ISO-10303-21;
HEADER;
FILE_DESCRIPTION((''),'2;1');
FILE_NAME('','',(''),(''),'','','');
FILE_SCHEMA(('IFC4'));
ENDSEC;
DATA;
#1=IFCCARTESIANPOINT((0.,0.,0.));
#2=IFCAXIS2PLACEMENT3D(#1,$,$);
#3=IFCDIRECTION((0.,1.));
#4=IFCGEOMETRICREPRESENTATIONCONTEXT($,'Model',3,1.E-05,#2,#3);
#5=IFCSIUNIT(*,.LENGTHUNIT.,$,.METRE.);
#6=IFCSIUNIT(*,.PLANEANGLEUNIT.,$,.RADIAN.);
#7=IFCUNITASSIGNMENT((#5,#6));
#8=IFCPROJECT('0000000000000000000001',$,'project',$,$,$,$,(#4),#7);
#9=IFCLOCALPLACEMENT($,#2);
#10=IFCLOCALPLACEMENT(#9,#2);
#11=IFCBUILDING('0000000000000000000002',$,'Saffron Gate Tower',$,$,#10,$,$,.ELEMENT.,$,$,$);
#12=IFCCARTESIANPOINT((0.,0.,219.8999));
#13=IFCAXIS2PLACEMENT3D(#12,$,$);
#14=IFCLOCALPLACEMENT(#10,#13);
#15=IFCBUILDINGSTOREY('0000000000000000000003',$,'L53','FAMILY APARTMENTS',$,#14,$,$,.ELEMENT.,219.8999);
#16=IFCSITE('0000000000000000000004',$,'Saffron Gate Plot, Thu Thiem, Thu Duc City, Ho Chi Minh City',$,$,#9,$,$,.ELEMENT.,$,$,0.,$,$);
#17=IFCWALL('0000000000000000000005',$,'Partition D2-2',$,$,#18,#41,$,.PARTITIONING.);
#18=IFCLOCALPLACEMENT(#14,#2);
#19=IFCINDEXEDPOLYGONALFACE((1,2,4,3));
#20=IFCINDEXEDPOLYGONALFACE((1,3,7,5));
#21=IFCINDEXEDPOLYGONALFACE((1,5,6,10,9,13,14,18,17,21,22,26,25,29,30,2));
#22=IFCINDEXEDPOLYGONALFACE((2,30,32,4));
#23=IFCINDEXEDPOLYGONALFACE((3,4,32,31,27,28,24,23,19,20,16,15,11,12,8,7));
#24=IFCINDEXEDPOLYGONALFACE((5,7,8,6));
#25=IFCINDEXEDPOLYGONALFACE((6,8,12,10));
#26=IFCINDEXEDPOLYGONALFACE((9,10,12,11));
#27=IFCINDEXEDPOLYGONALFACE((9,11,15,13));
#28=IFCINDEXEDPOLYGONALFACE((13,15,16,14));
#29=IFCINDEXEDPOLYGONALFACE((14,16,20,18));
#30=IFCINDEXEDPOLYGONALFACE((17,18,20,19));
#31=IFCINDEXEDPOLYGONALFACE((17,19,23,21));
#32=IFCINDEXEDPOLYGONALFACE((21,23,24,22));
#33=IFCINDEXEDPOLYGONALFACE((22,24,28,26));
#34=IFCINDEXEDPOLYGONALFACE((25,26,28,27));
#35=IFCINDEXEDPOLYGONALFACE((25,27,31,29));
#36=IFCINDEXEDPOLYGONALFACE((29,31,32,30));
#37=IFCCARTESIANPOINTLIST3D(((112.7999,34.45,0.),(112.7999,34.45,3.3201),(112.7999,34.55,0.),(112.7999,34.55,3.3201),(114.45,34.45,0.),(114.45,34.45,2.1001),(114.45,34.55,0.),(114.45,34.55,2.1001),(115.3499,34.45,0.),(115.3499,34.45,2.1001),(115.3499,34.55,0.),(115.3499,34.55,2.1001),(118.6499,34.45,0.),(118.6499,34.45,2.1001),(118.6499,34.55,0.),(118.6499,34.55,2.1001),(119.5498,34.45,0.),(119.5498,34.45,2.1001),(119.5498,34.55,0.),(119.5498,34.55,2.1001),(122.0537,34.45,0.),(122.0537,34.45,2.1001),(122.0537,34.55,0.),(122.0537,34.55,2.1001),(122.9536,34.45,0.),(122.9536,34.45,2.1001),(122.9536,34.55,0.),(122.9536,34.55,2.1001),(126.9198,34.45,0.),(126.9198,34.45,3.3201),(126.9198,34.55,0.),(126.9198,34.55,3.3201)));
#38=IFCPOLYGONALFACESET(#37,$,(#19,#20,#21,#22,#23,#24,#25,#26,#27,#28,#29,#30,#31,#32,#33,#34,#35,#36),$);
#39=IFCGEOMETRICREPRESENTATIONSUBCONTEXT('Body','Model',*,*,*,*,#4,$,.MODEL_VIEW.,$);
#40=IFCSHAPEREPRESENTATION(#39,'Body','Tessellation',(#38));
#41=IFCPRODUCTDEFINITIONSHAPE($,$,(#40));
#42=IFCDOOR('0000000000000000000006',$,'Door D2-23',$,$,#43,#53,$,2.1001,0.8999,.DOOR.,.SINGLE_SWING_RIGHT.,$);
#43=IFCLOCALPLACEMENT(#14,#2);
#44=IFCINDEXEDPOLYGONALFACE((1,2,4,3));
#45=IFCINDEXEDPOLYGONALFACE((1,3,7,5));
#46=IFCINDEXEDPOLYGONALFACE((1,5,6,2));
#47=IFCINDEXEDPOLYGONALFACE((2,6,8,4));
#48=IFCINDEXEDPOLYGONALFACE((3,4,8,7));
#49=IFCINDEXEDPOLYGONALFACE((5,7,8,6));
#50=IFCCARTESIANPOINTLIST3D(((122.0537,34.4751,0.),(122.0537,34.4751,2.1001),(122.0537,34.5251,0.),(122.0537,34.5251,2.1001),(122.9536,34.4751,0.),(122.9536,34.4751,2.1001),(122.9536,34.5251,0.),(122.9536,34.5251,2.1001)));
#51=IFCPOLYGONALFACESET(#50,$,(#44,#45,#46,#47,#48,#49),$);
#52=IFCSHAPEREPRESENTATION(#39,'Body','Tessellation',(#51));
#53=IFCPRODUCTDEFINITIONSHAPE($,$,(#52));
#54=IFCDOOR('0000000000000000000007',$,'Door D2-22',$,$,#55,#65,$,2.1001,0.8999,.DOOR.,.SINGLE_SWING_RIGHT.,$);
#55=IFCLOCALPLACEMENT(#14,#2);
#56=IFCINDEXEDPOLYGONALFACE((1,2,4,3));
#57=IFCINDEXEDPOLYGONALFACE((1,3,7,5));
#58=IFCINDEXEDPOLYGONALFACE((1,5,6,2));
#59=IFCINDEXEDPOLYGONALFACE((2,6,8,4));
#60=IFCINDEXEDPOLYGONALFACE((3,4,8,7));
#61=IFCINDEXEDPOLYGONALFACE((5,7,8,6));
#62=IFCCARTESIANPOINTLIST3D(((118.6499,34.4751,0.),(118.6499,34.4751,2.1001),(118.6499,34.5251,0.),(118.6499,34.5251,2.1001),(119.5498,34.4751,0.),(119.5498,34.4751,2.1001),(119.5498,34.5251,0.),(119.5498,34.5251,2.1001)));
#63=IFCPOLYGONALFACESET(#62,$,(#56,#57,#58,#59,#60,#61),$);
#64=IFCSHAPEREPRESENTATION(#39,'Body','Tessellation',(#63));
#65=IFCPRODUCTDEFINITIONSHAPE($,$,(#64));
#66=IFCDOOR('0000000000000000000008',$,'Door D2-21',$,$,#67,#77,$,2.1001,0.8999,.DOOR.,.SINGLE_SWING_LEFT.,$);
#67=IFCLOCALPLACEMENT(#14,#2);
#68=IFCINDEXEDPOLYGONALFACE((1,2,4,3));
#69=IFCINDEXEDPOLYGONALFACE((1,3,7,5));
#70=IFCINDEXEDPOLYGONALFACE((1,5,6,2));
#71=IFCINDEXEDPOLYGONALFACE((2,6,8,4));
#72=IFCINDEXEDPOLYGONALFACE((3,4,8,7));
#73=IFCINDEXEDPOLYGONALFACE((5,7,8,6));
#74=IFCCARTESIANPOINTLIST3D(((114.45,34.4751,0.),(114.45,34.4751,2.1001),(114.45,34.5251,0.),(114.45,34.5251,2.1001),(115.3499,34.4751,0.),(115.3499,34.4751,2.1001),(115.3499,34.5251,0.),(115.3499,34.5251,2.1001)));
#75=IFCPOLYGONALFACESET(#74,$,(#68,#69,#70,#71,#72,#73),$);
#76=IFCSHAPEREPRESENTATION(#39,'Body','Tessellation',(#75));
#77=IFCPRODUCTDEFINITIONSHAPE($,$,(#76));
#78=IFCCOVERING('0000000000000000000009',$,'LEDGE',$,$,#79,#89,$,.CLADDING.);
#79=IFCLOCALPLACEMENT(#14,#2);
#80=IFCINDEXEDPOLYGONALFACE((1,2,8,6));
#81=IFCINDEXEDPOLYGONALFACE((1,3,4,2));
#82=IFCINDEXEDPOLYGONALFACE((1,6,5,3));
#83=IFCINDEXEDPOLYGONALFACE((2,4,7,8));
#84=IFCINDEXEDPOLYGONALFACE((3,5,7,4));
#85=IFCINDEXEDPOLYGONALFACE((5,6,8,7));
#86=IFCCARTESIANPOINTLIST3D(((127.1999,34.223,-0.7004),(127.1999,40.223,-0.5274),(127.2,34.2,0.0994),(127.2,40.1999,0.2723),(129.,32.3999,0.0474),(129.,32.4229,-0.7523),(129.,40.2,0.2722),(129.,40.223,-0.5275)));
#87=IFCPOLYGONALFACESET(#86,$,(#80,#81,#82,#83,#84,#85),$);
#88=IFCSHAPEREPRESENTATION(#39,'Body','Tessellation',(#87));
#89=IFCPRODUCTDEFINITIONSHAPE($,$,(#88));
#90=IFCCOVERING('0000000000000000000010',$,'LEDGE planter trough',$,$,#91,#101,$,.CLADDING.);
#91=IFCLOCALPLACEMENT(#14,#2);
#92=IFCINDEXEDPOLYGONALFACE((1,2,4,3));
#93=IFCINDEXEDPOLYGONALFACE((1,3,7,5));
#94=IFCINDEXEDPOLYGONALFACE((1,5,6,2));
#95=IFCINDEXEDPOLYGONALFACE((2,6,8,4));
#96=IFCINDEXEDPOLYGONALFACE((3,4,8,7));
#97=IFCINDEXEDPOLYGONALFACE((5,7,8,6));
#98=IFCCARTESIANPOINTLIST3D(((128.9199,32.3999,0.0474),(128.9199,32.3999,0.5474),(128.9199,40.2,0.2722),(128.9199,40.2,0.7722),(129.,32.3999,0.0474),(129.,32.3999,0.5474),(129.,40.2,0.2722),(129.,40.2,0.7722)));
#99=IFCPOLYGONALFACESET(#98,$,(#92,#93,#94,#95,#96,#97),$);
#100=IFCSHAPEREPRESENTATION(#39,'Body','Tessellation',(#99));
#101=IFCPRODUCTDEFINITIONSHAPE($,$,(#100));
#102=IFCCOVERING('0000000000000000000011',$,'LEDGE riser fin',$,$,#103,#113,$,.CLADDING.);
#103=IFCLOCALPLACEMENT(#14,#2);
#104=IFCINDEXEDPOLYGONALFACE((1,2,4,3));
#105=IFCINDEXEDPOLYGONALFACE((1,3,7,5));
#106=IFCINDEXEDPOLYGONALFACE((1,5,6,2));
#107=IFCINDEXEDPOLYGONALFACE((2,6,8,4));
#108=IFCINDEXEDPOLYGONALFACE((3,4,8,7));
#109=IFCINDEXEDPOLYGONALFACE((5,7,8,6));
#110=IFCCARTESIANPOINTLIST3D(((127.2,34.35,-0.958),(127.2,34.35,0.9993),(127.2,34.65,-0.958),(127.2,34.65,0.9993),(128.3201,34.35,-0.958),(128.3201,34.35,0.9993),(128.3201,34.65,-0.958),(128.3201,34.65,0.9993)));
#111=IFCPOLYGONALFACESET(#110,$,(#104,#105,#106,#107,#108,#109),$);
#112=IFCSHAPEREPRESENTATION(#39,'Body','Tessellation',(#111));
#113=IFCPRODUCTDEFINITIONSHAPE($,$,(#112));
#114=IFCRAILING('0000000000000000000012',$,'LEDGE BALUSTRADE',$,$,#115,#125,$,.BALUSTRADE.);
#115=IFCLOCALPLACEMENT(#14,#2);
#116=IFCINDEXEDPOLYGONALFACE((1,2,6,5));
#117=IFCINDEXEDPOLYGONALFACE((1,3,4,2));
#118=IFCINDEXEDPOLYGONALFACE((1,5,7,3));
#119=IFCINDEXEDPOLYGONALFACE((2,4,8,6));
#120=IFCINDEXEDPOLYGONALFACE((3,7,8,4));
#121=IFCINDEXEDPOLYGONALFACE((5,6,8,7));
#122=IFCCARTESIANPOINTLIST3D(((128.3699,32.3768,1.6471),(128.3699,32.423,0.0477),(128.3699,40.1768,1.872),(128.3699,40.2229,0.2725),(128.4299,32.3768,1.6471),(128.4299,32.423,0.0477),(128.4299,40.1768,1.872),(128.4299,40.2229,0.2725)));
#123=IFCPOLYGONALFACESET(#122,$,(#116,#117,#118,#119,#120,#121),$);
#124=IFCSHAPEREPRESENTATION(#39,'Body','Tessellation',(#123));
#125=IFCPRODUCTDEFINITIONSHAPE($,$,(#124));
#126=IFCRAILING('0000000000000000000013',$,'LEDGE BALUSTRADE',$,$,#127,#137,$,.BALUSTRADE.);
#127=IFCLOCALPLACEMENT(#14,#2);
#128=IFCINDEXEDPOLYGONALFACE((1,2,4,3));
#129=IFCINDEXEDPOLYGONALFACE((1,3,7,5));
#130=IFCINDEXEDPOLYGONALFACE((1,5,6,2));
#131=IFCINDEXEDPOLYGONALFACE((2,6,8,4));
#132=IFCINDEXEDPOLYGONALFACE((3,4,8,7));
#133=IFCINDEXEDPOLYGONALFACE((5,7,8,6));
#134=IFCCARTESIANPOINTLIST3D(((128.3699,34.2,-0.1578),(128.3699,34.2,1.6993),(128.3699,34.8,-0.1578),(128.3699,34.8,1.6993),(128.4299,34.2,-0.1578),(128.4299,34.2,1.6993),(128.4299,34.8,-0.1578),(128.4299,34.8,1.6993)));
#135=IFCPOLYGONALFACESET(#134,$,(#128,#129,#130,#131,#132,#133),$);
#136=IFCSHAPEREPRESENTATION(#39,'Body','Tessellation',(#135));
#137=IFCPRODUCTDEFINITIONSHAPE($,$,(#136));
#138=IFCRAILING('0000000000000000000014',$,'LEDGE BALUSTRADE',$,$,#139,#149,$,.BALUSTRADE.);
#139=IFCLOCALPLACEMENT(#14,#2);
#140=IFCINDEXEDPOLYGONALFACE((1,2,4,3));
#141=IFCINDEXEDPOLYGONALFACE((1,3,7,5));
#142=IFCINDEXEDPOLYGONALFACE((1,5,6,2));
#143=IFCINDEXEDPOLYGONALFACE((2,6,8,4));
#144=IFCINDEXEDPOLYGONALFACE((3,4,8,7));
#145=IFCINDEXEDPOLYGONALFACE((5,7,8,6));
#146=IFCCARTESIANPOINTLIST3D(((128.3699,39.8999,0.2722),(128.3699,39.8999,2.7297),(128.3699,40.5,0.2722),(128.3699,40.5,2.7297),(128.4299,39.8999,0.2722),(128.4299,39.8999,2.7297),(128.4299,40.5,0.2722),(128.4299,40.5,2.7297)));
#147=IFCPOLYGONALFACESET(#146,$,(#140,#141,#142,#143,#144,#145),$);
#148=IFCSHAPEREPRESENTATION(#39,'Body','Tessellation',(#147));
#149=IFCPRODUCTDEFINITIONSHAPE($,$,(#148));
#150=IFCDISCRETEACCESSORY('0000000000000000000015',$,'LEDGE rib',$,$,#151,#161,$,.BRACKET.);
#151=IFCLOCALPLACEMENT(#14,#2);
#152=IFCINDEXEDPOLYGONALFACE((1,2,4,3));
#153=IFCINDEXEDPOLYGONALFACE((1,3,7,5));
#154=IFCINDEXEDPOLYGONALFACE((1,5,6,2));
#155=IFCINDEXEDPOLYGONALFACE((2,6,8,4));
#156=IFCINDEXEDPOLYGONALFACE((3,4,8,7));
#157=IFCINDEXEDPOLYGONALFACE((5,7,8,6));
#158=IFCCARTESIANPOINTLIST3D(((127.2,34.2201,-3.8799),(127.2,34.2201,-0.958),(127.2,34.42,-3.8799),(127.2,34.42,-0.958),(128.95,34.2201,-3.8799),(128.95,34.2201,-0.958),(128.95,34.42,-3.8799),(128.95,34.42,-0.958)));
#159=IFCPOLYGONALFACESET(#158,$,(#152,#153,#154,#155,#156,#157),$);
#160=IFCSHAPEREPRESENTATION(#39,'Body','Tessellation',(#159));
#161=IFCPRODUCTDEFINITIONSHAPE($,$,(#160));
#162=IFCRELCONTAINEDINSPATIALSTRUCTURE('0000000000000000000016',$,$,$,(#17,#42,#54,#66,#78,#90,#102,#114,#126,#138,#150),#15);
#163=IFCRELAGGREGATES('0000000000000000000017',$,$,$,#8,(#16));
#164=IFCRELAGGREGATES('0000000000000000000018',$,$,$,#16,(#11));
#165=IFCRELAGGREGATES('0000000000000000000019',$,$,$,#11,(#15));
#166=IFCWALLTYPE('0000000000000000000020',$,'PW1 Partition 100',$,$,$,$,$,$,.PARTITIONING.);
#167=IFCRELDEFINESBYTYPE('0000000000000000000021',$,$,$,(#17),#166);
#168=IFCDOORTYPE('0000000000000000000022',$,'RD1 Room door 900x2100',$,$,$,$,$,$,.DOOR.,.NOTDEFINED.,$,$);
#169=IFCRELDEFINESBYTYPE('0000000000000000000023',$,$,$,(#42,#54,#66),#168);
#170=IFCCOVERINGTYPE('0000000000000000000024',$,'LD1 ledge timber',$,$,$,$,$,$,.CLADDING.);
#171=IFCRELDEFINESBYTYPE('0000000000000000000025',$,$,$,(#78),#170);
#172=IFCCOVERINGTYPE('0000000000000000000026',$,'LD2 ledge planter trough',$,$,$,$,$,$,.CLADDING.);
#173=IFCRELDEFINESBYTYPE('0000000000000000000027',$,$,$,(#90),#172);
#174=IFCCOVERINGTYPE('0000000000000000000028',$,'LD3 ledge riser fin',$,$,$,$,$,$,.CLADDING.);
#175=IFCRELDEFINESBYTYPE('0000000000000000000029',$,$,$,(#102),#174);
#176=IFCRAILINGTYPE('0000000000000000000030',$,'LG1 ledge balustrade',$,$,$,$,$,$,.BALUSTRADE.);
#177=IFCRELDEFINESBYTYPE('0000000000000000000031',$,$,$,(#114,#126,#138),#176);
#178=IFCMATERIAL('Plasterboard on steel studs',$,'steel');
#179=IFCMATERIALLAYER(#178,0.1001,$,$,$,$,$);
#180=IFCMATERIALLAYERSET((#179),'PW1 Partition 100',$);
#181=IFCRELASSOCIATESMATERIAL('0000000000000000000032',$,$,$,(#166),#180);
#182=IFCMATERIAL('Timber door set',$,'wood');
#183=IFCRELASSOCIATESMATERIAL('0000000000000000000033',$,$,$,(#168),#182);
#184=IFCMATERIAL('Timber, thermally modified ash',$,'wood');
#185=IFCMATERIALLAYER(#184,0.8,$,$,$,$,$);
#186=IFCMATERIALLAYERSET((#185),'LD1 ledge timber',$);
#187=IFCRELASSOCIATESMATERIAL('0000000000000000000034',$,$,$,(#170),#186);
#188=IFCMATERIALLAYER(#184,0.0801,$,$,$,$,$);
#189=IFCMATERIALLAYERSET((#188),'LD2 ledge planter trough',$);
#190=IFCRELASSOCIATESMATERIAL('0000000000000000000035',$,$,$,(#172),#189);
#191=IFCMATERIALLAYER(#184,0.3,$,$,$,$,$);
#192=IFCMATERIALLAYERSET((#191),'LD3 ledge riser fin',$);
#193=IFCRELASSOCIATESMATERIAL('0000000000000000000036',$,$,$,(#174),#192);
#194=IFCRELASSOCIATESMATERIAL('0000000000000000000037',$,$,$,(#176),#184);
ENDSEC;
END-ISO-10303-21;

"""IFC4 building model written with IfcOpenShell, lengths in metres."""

from ifc_helpers import new_model, si_unit, direction, frame, frame_2d, origin, origin_2d, place, context, subcontext, project, spatial, polyline, rectangle, outline, extrude, material, layer, layer_set, type_object, element, fill, save


model = new_model("IFC4")

# Units and contexts
model_context = context("Model", 3, precision=1e-05, world=origin(), true_north=direction((0.0, 1.0)))
body_context = subcontext(model_context, "Body", "Model", "MODEL_VIEW")
ifc_project = project(units=[si_unit("LENGTHUNIT", "METRE"), si_unit("PLANEANGLEUNIT", "RADIAN")], contexts=[model_context])

# Site, building, storey
site_placement = place(None, origin())
site = spatial("IfcSite", under=ifc_project, at=site_placement, Name="Saffron Gate Plot, Thu Thiem, Thu Duc City, Ho Chi Minh City", CompositionType="ELEMENT", RefElevation=0.0)
building_placement = place(site_placement, origin())
building = spatial("IfcBuilding", under=site, at=building_placement, Name="Saffron Gate Tower", CompositionType="ELEMENT")
storey_placement = place(building_placement, frame((0.0, 0.0, 219.8999)))
storey = spatial("IfcBuildingStorey", under=building, at=storey_placement, Name="L53", Description="FAMILY APARTMENTS", CompositionType="ELEMENT", Elevation=219.8999)

# Wall, openings, doors
ifc_material_1 = material(Name="Plasterboard on steel studs", Category="steel")
ifc_layer_1 = layer(ifc_material_1, 0.1001)
ifc_layer_set_1 = layer_set([ifc_layer_1], Name="PW1 Partition 100")
wall_type = type_object("IfcWallType", Name="PW1 Partition 100", PredefinedType="PARTITIONING", material=ifc_layer_set_1)
wall_placement = place(storey_placement, frame((126.9199, 34.5, 0.0), z_axis=(0.0, 0.0, 1.0), x_axis=(-1.0, 0.0, 0.0)))
wall = element("IfcWall", 1, at=wall_placement, inside=storey, type_object=wall_type, Name="Partition D2-2", PredefinedType="PARTITIONING", context=body_context, shape_type="SweptSolid", body=[
    extrude(rectangle(XDim=14.1199, YDim=0.1001, at=frame_2d((7.0601, 0.0))), origin(), (0.0, 0.0, 1.0), 3.3201),
])
opening_1_placement = place(wall_placement, frame((3.9663, 0.0, 0.0)))
opening_1 = element("IfcOpeningElement", 2, at=opening_1_placement, cuts=wall, PredefinedType="OPENING", context=body_context, shape_type="SweptSolid", body=[
    extrude(rectangle(XDim=0.8999, YDim=2.1001, at=frame_2d((0.45, 1.05))), frame((0.0, 0.0601, 0.0), z_axis=(0.0, -1.0, 0.0), x_axis=(1.0, 0.0, 0.0)), (0.0, 0.0, 1.0), 0.1201),
])
opening_2_placement = place(wall_placement, frame((7.3701, 0.0, 0.0)))
opening_2 = element("IfcOpeningElement", 3, at=opening_2_placement, cuts=wall, PredefinedType="OPENING", context=body_context, shape_type="SweptSolid", body=[
    extrude(rectangle(XDim=0.8999, YDim=2.1001, at=frame_2d((0.45, 1.05))), frame((0.0, 0.0601, 0.0), z_axis=(0.0, -1.0, 0.0), x_axis=(1.0, 0.0, 0.0)), (0.0, 0.0, 1.0), 0.1201),
])
opening_3_placement = place(wall_placement, frame((11.5701, 0.0, 0.0)))
opening_3 = element("IfcOpeningElement", 4, at=opening_3_placement, cuts=wall, PredefinedType="OPENING", context=body_context, shape_type="SweptSolid", body=[
    extrude(rectangle(XDim=0.8999, YDim=2.1001, at=frame_2d((0.45, 1.05))), frame((0.0, 0.0601, 0.0), z_axis=(0.0, -1.0, 0.0), x_axis=(1.0, 0.0, 0.0)), (0.0, 0.0, 1.0), 0.1201),
])
ifc_material_2 = material(Name="Timber door set", Category="wood")
door_type = type_object("IfcDoorType", Name="RD1 Room door 900x2100", OperationType="NOTDEFINED", PredefinedType="DOOR", material=ifc_material_2)
door_1_placement = place(opening_1_placement, origin())
door_1 = element("IfcDoor", 5, at=door_1_placement, inside=storey, type_object=door_type, Name="Door D2-23", OperationType="SINGLE_SWING_RIGHT", OverallHeight=2.1001, OverallWidth=0.8999, PredefinedType="DOOR", context=body_context, shape_type="SweptSolid", body=[
    extrude(rectangle(XDim=0.8999, YDim=2.1001, at=frame_2d((0.45, 1.05))), frame((0.0, 0.0249, 0.0), z_axis=(0.0, -1.0, 0.0), x_axis=(1.0, 0.0, 0.0)), (0.0, 0.0, 1.0), 0.05),
])
fill(opening_1, door_1)
door_2_placement = place(opening_2_placement, origin())
door_2 = element("IfcDoor", 6, at=door_2_placement, inside=storey, type_object=door_type, Name="Door D2-22", OperationType="SINGLE_SWING_RIGHT", OverallHeight=2.1001, OverallWidth=0.8999, PredefinedType="DOOR", context=body_context, shape_type="SweptSolid", body=[
    extrude(rectangle(XDim=0.8999, YDim=2.1001, at=frame_2d((0.45, 1.05))), frame((0.0, 0.0249, 0.0), z_axis=(0.0, -1.0, 0.0), x_axis=(1.0, 0.0, 0.0)), (0.0, 0.0, 1.0), 0.05),
])
fill(opening_2, door_2)
door_3_placement = place(opening_3_placement, origin())
door_3 = element("IfcDoor", 7, at=door_3_placement, inside=storey, type_object=door_type, Name="Door D2-21", OperationType="SINGLE_SWING_LEFT", OverallHeight=2.1001, OverallWidth=0.8999, PredefinedType="DOOR", context=body_context, shape_type="SweptSolid", body=[
    extrude(rectangle(XDim=0.8999, YDim=2.1001, at=frame_2d((0.45, 1.05))), frame((0.0, 0.0249, 0.0), z_axis=(0.0, -1.0, 0.0), x_axis=(1.0, 0.0, 0.0)), (0.0, 0.0, 1.0), 0.05),
])
fill(opening_3, door_3)

# Coverings
ifc_material_3 = material(Name="Timber, thermally modified ash", Category="wood")
ifc_layer_2 = layer(ifc_material_3, 0.8)
ifc_layer_set_2 = layer_set([ifc_layer_2], Name="LD1 ledge timber")
covering_type_1 = type_object("IfcCoveringType", Name="LD1 ledge timber", PredefinedType="CLADDING", material=ifc_layer_set_2)
covering_1_placement = place(storey_placement, frame((127.2, 34.2, 0.0994), z_axis=(0.000035, -0.028807, 0.999585), x_axis=(0.0, 0.999585, 0.028807)))
element("IfcCovering", 8, at=covering_1_placement, inside=storey, type_object=covering_type_1, Name="LEDGE", PredefinedType="CLADDING", context=body_context, shape_type="SweptSolid", body=[
    extrude(outline(polyline([(0.0, 0.0), (6.0025, 0.0), (6.0025, -1.8), (-1.8008, -1.8), (0.0, 0.0)])), origin(), (0.0, 0.0, -1.0), 0.8),
])
ifc_layer_3 = layer(ifc_material_3, 0.0801)
ifc_layer_set_3 = layer_set([ifc_layer_3], Name="LD2 ledge planter trough")
covering_type_2 = type_object("IfcCoveringType", Name="LD2 ledge planter trough", PredefinedType="CLADDING", material=ifc_layer_set_3)
covering_2_placement = place(storey_placement, frame((129.0, 32.3999, 0.0474), z_axis=(1.0, 0.0, 0.0), x_axis=(0.0, 0.999585, 0.028815)))
element("IfcCovering", 9, at=covering_2_placement, inside=storey, type_object=covering_type_2, Name="LEDGE planter trough", PredefinedType="CLADDING", context=body_context, shape_type="SweptSolid", body=[
    extrude(outline(polyline([(0.0, 0.0), (7.8033, 0.0), (7.8177, 0.4998), (0.0144, 0.4998), (0.0, 0.0)])), origin(), (0.0, 0.0, -1.0), 0.0801),
])
ifc_layer_4 = layer(ifc_material_3, 0.3)
ifc_layer_set_4 = layer_set([ifc_layer_4], Name="LD3 ledge riser fin")
covering_type_3 = type_object("IfcCoveringType", Name="LD3 ledge riser fin", PredefinedType="CLADDING", material=ifc_layer_set_4)
covering_3_placement = place(storey_placement, frame((127.76, 34.5, -0.958), z_axis=(0.0, 0.0, 1.0), x_axis=(0.0, 1.0, 0.0)))
element("IfcCovering", 10, at=covering_3_placement, inside=storey, type_object=covering_type_3, Name="LEDGE riser fin", PredefinedType="CLADDING", context=body_context, shape_type="SweptSolid", body=[
    extrude(rectangle(XDim=0.3, YDim=1.1201, at=origin_2d()), origin(), (0.0, 0.0, 1.0), 1.9573),
])

# Railings
railing_type = type_object("IfcRailingType", Name="LG1 ledge balustrade", PredefinedType="BALUSTRADE", material=ifc_material_3)
railing_1_placement = place(storey_placement, frame((128.3999, 32.3999, 0.0474)))
element("IfcRailing", 11, at=railing_1_placement, inside=storey, type_object=railing_type, Name="LEDGE BALUSTRADE", PredefinedType="BALUSTRADE", context=body_context, shape_type="SweptSolid", body=[
    extrude(rectangle(XDim=0.0601, YDim=1.6001, at=origin_2d()), frame((0.0, 0.0, 0.8), z_axis=(0.0, 0.999585, 0.028815), x_axis=(-1.0, 0.0, 0.0)), (0.0, 0.0, 1.0), 7.8032),
])
railing_2_placement = place(storey_placement, frame((128.3999, 34.2, -0.158)))
element("IfcRailing", 12, at=railing_2_placement, inside=storey, type_object=railing_type, Name="LEDGE BALUSTRADE", PredefinedType="BALUSTRADE", context=body_context, shape_type="SweptSolid", body=[
    extrude(rectangle(XDim=0.0601, YDim=1.8572, at=origin_2d()), frame((0.0, 0.0, 0.9287), z_axis=(0.0, 1.0, 0.0), x_axis=(-1.0, 0.0, 0.0)), (0.0, 0.0, 1.0), 0.6001),
])
railing_3_placement = place(storey_placement, frame((128.3999, 39.8999, 0.2722)))
element("IfcRailing", 13, at=railing_3_placement, inside=storey, type_object=railing_type, Name="LEDGE BALUSTRADE", PredefinedType="BALUSTRADE", context=body_context, shape_type="SweptSolid", body=[
    extrude(rectangle(XDim=0.0601, YDim=2.4575, at=origin_2d()), frame((0.0, 0.0, 1.2288), z_axis=(0.0, 1.0, 0.0), x_axis=(-1.0, 0.0, 0.0)), (0.0, 0.0, 1.0), 0.6001),
])

# Discrete accessory
discrete_accessory_placement = place(storey_placement, frame((128.075, 34.3201, -3.8799), z_axis=(0.0, 0.0, 1.0), x_axis=(0.0, 1.0, 0.0)))
element("IfcDiscreteAccessory", 14, at=discrete_accessory_placement, inside=storey, Name="LEDGE rib", PredefinedType="BRACKET", context=body_context, shape_type="SweptSolid", body=[
    extrude(rectangle(XDim=0.2, YDim=1.75, at=origin_2d()), origin(), (0.0, 0.0, 1.0), 2.9219),
])

save(model, "model.ifc")
